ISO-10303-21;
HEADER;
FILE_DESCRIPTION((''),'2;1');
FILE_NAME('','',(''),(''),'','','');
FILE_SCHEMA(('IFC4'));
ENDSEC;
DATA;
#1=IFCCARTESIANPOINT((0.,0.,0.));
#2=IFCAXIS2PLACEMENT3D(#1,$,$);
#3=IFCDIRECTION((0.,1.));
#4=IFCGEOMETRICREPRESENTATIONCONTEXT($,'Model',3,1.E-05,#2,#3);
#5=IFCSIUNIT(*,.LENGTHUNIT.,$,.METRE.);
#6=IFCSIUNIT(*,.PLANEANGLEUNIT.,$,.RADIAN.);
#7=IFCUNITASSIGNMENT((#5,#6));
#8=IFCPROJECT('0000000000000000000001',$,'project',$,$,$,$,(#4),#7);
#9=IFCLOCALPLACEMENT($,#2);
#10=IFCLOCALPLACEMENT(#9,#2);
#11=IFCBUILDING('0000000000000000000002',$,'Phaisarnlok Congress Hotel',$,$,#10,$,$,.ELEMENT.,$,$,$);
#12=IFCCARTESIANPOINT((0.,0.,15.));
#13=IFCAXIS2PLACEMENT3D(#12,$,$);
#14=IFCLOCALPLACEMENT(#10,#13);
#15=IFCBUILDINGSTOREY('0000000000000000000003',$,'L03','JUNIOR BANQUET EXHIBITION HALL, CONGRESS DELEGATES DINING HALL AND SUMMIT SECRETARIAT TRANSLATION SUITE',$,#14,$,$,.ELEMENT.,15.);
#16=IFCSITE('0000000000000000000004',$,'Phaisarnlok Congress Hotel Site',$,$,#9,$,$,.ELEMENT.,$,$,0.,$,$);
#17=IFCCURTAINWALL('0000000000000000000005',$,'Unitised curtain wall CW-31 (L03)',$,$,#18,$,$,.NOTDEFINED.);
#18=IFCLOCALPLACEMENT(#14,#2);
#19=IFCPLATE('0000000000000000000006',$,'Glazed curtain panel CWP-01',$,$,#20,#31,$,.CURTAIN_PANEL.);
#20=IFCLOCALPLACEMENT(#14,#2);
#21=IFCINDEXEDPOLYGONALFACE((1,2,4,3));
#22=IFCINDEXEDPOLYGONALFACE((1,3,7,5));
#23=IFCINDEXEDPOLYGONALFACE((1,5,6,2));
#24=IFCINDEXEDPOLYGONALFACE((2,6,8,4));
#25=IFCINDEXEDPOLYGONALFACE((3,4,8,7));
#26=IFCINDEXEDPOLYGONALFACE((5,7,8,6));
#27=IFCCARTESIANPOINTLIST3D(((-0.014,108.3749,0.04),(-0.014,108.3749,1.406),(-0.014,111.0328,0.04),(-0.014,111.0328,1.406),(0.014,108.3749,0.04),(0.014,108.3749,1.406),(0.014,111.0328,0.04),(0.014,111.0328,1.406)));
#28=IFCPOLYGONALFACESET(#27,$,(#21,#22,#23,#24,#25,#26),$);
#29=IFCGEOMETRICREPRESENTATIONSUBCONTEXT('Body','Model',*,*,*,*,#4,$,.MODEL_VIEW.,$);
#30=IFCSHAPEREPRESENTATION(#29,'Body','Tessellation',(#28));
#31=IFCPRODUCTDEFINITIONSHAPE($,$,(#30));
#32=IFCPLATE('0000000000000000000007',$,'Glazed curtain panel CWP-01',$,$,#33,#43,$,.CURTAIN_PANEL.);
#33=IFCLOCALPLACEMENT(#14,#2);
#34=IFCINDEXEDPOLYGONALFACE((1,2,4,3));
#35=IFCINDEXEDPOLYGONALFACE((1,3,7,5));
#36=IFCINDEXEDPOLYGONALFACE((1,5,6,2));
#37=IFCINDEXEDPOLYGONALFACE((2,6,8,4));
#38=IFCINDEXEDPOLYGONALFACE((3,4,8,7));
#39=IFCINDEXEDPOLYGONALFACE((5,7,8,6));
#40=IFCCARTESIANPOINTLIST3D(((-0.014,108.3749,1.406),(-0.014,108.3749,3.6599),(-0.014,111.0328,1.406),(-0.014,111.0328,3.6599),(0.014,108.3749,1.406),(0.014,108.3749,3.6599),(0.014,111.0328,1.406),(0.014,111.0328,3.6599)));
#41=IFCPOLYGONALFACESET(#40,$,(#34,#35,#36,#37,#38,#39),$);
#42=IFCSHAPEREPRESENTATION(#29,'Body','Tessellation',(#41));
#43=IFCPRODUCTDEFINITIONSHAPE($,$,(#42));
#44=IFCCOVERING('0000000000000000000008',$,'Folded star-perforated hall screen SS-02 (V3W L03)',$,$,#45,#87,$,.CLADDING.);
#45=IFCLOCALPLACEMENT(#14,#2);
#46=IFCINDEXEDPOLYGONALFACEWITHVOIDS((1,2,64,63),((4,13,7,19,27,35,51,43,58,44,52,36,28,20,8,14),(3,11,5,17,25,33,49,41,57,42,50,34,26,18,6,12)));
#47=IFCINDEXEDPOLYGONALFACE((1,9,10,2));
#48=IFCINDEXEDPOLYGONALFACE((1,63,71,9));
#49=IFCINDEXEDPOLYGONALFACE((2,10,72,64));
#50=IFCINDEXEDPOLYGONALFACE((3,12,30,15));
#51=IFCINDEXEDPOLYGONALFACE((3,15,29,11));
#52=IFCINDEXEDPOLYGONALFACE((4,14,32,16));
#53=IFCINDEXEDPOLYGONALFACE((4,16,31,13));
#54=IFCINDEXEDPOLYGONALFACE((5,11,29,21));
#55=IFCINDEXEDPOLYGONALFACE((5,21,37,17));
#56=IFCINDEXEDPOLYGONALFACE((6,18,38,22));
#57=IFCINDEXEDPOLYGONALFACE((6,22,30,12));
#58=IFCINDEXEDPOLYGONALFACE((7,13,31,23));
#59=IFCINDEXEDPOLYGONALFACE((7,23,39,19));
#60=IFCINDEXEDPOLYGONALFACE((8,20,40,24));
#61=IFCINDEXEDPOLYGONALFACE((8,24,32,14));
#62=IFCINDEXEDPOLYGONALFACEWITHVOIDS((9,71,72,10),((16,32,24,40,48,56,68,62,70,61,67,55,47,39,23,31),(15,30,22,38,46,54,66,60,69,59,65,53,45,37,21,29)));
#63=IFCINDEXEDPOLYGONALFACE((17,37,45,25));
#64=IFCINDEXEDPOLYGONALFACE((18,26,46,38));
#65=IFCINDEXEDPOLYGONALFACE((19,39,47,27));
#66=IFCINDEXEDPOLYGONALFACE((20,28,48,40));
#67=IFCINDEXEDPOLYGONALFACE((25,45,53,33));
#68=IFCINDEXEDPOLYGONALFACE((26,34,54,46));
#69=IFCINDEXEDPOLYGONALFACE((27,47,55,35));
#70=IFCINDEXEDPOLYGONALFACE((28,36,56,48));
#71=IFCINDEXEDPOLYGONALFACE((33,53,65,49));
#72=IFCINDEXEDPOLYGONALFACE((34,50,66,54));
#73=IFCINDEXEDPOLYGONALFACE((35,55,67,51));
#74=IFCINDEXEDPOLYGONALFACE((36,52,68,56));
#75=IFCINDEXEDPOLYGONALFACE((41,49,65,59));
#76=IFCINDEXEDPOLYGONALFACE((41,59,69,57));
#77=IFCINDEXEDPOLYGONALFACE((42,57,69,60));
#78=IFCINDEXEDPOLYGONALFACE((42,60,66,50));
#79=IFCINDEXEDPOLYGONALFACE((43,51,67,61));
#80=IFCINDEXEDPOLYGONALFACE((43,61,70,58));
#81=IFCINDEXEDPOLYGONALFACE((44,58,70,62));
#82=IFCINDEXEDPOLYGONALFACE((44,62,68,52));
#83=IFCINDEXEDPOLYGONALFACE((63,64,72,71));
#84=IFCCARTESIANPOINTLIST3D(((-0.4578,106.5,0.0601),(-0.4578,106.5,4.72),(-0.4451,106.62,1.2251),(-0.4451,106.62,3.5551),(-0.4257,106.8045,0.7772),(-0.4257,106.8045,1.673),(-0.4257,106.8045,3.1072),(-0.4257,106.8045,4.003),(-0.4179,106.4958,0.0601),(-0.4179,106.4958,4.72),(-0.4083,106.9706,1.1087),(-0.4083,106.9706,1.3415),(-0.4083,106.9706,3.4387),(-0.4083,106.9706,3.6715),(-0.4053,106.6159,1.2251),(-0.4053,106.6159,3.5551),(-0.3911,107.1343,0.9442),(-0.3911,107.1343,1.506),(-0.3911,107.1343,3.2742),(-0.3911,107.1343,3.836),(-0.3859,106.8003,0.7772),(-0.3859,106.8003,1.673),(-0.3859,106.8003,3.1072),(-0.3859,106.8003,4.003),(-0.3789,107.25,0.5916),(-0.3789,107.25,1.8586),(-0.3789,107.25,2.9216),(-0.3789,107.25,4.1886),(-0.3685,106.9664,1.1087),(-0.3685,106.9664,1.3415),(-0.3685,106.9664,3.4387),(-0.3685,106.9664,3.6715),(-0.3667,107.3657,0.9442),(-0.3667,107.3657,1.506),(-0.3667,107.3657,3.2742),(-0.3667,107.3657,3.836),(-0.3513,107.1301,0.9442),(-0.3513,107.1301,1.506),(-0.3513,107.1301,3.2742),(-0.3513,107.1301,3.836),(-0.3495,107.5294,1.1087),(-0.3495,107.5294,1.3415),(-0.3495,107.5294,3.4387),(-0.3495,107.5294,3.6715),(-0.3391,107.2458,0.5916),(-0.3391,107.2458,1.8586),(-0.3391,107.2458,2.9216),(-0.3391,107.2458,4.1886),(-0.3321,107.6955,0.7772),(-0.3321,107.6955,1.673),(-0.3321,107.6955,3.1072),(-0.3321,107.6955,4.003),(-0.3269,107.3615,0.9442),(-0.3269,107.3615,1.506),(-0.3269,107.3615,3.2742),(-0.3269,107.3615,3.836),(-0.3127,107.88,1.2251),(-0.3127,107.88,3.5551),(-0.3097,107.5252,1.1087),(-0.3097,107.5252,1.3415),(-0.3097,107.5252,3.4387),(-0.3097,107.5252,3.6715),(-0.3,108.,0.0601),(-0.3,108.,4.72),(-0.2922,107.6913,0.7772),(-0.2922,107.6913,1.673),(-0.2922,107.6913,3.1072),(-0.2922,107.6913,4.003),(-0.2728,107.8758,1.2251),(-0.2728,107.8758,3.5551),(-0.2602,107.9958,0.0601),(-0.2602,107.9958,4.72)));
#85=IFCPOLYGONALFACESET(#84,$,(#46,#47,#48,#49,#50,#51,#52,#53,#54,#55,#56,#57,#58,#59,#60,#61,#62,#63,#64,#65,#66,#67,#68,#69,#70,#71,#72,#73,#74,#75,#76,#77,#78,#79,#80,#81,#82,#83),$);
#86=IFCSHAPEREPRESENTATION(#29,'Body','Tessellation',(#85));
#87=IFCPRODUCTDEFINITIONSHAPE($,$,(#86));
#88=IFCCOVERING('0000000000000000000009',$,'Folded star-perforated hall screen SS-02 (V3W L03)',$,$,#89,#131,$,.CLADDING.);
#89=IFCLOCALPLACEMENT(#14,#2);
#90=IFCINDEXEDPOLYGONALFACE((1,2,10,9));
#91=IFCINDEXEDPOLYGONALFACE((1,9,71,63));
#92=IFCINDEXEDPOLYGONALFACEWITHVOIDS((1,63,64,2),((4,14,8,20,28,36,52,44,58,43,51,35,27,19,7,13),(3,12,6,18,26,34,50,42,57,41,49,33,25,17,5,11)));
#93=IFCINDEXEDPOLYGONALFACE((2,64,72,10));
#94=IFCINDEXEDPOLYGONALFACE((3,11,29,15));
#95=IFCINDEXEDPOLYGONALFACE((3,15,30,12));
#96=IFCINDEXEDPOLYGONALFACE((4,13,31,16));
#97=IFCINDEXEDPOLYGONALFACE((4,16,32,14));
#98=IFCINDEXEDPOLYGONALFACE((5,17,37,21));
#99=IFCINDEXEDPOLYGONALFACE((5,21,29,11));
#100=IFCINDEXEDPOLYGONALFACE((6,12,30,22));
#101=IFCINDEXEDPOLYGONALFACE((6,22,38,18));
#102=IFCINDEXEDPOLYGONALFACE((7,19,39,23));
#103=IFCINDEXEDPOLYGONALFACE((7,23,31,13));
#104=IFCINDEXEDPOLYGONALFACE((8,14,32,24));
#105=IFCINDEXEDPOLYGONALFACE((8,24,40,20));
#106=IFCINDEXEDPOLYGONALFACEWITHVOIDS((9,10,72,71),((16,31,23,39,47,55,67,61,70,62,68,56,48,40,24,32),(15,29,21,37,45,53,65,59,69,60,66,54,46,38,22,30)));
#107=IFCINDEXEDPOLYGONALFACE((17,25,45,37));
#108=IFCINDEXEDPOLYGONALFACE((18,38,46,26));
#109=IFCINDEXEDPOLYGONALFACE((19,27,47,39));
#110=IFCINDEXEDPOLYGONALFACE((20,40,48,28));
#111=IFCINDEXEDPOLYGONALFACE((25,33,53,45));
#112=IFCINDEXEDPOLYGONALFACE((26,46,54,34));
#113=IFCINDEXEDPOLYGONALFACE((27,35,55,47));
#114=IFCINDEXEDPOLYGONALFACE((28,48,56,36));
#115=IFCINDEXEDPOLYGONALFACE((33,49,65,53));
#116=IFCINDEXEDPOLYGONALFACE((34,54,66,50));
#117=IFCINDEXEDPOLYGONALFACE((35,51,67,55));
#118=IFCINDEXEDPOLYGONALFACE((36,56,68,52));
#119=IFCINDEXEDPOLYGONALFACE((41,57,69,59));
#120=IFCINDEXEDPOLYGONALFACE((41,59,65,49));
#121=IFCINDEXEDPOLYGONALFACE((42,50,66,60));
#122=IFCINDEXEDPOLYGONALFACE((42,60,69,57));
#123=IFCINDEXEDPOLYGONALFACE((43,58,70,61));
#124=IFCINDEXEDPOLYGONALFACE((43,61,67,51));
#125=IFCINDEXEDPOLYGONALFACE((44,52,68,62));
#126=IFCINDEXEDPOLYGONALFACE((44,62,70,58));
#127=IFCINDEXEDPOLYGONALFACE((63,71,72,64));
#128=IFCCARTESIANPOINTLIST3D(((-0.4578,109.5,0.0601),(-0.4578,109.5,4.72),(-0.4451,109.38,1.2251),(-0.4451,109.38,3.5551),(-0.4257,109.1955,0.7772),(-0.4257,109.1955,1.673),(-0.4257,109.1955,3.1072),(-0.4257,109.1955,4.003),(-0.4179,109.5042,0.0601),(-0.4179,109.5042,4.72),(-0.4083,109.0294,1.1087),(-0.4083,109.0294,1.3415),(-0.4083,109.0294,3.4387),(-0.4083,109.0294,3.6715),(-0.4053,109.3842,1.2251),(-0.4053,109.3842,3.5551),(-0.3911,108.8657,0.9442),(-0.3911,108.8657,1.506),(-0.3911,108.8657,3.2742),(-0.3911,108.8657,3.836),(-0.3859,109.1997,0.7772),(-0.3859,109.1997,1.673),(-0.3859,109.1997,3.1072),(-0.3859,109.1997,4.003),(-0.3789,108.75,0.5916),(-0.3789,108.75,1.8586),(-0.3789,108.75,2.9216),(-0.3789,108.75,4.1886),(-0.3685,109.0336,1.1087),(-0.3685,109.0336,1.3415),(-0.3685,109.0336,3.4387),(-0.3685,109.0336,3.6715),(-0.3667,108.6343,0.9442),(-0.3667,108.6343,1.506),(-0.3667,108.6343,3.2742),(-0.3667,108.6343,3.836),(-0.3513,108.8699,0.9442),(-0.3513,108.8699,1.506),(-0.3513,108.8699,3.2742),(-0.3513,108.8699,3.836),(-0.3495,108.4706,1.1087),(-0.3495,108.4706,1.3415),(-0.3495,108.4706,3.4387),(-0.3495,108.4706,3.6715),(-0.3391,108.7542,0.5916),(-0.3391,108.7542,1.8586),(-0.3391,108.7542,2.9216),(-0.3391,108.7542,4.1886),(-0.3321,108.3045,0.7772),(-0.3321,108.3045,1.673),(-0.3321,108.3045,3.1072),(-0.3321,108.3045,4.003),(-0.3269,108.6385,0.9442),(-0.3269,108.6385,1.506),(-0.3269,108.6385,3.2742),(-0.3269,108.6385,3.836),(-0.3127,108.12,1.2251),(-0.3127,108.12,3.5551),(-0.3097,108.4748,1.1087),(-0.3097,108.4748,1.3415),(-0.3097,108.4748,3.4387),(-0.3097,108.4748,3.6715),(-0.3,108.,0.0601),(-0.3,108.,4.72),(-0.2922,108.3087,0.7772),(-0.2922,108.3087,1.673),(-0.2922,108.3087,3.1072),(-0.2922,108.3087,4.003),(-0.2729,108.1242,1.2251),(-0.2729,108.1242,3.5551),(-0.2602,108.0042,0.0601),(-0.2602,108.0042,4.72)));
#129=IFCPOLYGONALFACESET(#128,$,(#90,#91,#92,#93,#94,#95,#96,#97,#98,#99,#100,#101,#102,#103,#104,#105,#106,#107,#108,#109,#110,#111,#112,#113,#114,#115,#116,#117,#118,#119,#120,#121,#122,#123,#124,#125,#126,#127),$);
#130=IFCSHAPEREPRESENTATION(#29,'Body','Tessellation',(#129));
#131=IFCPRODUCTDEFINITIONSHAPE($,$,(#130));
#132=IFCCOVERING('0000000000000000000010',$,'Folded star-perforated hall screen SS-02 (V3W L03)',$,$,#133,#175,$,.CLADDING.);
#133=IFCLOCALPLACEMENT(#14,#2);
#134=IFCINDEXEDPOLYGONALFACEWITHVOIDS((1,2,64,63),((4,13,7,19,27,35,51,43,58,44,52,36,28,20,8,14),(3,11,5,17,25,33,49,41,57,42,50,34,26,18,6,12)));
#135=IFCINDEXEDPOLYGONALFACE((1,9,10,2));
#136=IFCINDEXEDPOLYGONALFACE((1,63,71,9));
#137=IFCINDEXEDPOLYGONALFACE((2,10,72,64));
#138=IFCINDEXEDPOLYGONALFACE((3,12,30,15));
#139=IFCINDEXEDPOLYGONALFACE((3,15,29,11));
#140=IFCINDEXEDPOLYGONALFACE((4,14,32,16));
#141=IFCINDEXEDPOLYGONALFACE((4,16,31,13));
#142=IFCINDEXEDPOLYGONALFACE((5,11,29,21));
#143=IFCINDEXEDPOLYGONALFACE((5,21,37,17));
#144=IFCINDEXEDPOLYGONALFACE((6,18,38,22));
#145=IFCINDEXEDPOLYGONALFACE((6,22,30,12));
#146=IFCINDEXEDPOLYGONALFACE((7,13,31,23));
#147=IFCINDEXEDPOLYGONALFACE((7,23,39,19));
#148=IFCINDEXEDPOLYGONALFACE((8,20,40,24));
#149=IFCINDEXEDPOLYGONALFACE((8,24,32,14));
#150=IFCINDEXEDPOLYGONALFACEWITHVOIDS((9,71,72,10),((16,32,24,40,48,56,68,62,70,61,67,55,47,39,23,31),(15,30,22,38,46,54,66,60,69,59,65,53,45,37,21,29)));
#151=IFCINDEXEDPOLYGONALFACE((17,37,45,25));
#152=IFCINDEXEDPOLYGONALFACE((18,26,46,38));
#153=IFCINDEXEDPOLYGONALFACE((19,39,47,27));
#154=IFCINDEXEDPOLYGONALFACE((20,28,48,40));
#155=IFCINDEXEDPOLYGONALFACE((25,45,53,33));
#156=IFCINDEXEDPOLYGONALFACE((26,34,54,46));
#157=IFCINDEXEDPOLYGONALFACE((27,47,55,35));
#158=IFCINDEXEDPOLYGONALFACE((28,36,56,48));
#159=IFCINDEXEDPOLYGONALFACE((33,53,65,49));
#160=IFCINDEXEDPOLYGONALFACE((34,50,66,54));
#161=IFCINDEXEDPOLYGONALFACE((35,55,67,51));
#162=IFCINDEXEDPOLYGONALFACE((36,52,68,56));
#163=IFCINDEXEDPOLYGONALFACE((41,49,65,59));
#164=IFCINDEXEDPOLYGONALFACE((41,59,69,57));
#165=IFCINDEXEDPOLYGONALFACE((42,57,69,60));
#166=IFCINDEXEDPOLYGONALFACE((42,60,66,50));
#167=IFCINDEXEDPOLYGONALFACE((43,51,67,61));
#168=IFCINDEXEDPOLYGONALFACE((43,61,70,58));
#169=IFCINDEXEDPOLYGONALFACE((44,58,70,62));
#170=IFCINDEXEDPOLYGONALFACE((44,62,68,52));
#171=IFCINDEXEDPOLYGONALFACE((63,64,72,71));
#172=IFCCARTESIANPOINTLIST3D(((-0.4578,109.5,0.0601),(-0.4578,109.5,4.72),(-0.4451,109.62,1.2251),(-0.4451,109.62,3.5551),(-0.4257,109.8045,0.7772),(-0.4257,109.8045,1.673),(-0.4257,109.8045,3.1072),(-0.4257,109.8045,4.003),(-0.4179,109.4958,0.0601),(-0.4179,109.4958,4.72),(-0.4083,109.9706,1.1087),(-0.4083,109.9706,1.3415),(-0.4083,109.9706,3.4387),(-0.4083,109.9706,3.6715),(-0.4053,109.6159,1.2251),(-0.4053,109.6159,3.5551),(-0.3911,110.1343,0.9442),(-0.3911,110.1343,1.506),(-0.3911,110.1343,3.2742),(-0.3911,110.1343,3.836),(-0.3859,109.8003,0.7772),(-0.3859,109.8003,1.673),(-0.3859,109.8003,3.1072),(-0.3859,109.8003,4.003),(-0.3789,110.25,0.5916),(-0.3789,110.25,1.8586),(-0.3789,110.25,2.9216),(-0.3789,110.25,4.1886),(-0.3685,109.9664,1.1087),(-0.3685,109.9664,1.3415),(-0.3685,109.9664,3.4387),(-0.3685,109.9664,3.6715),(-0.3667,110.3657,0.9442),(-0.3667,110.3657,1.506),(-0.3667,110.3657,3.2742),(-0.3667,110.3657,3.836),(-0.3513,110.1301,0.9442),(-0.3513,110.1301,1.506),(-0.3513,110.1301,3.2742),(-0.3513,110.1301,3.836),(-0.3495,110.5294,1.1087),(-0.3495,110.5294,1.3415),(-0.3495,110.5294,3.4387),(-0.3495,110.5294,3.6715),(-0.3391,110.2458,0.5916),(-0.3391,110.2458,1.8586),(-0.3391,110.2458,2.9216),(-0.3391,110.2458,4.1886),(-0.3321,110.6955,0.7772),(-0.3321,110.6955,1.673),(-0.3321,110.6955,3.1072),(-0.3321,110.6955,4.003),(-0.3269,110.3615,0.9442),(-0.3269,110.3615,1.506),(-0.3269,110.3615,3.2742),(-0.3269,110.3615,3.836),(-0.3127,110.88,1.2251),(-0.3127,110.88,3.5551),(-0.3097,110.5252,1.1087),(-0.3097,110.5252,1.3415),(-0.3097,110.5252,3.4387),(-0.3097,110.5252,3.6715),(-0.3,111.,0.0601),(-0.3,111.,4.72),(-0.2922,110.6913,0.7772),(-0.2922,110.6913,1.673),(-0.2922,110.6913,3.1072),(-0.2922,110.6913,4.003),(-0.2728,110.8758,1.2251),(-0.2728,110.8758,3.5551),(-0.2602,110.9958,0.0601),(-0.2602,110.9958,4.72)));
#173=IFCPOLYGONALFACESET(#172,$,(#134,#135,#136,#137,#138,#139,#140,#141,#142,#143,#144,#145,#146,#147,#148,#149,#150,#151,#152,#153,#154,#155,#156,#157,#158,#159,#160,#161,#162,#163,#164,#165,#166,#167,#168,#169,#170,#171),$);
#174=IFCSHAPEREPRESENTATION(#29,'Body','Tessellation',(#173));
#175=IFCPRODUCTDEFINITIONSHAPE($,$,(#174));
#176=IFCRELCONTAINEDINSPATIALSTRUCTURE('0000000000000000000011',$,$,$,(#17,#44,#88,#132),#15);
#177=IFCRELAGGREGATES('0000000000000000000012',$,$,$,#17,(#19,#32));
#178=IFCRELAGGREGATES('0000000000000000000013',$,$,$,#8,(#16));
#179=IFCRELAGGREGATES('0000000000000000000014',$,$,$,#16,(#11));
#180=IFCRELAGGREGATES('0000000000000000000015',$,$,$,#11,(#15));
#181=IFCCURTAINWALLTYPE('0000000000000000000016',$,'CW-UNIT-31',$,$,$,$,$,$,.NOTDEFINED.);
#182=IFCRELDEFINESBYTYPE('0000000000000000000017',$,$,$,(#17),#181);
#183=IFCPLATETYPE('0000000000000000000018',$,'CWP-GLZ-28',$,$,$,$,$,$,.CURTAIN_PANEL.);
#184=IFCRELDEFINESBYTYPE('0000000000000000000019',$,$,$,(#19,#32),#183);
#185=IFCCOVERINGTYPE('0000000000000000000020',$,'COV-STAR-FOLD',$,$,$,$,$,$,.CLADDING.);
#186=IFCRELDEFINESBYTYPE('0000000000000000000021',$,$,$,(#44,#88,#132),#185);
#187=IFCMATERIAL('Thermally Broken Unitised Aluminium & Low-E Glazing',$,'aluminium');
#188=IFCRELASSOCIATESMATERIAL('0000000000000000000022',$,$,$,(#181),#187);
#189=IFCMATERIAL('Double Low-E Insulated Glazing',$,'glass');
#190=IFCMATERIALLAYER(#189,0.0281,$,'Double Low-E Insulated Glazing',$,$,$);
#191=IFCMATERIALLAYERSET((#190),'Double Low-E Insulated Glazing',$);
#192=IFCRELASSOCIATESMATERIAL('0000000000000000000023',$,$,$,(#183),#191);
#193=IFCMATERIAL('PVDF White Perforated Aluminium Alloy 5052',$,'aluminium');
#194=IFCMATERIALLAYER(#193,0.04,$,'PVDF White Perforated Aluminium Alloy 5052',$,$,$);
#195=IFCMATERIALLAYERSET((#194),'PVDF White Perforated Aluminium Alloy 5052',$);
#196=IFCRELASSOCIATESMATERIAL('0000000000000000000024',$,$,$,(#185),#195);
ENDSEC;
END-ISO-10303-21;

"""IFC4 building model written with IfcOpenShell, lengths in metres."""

from ifc_helpers import new_model, si_unit, direction, frame, frame_2d, origin, place, context, subcontext, project, spatial, polyline, rectangle, outline, extrude, material, layer, layer_set, type_object, element, aggregate, save


model = new_model("IFC4")

# Units and contexts
model_context = context("Model", 3, precision=1e-05, world=origin(), true_north=direction((0.0, 1.0)))
body_context = subcontext(model_context, "Body", "Model", "MODEL_VIEW")
ifc_project = project(units=[si_unit("LENGTHUNIT", "METRE"), si_unit("PLANEANGLEUNIT", "RADIAN")], contexts=[model_context])

# Site, building, storey
site_placement = place(None, origin())
site = spatial("IfcSite", under=ifc_project, at=site_placement, Name="Phaisarnlok Congress Hotel Site", CompositionType="ELEMENT", RefElevation=0.0)
building_placement = place(site_placement, origin())
building = spatial("IfcBuilding", under=site, at=building_placement, Name="Phaisarnlok Congress Hotel", CompositionType="ELEMENT")
storey_placement = place(building_placement, frame((0.0, 0.0, 15.0)))
storey = spatial("IfcBuildingStorey", under=building, at=storey_placement, Name="L03", Description="JUNIOR BANQUET EXHIBITION HALL, CONGRESS DELEGATES DINING HALL AND SUMMIT SECRETARIAT TRANSLATION SUITE", CompositionType="ELEMENT", Elevation=15.0)

# Curtain wall
ifc_material_1 = material(Name="Thermally Broken Unitised Aluminium & Low-E Glazing", Category="aluminium")
curtain_wall_type = type_object("IfcCurtainWallType", Name="CW-UNIT-31", PredefinedType="NOTDEFINED", material=ifc_material_1)
curtain_wall_placement = place(storey_placement, origin())
curtain_wall = element("IfcCurtainWall", 1, at=curtain_wall_placement, inside=storey, type_object=curtain_wall_type, Name="Unitised curtain wall CW-31 (L03)", PredefinedType="NOTDEFINED")

# Plates
ifc_material_2 = material(Name="Double Low-E Insulated Glazing", Category="glass")
ifc_layer_1 = layer(ifc_material_2, 0.0281, Name="Double Low-E Insulated Glazing")
ifc_layer_set_1 = layer_set([ifc_layer_1], Name="Double Low-E Insulated Glazing")
plate_type = type_object("IfcPlateType", Name="CWP-GLZ-28", PredefinedType="CURTAIN_PANEL", material=ifc_layer_set_1)
plate_1_placement = place(storey_placement, frame((0.0, 111.033, 0.04), z_axis=(0.0, 0.0, 1.0), x_axis=(0.0, -1.0, 0.0)))
plate_1 = element("IfcPlate", 2, at=plate_1_placement, type_object=plate_type, Name="Glazed curtain panel CWP-01", PredefinedType="CURTAIN_PANEL", context=body_context, shape_type="SweptSolid", body=[
    extrude(rectangle(XDim=2.658, YDim=0.0281, at=frame_2d((1.3291, 0.0))), origin(), (0.0, 0.0, 1.0), 1.366),
])
plate_2_placement = place(storey_placement, frame((0.0, 111.033, 1.406), z_axis=(0.0, 0.0, 1.0), x_axis=(0.0, -1.0, 0.0)))
plate_2 = element("IfcPlate", 3, at=plate_2_placement, type_object=plate_type, Name="Glazed curtain panel CWP-01", PredefinedType="CURTAIN_PANEL", context=body_context, shape_type="SweptSolid", body=[
    extrude(rectangle(XDim=2.658, YDim=0.0281, at=frame_2d((1.3291, 0.0))), origin(), (0.0, 0.0, 1.0), 2.2539),
])
aggregate(curtain_wall, [plate_1, plate_2])

# Coverings
ifc_material_3 = material(Name="PVDF White Perforated Aluminium Alloy 5052", Category="aluminium")
ifc_layer_2 = layer(ifc_material_3, 0.04, Name="PVDF White Perforated Aluminium Alloy 5052")
ifc_layer_set_2 = layer_set([ifc_layer_2], Name="PVDF White Perforated Aluminium Alloy 5052")
covering_type = type_object("IfcCoveringType", Name="COV-STAR-FOLD", PredefinedType="CLADDING", material=ifc_layer_set_2)
for number, where, z_axis, x_axis, name in (
    (4, (-0.4578, 106.5, 0.0601), (0.994518, -0.104567, 0.0), (0.104567, 0.994518, 0.0), "Folded star-perforated hall screen SS-02 (V3W L03)"),
    (5, (-0.3, 108.0, 0.0601), (0.994518, 0.104567, 0.0), (-0.104567, 0.994518, 0.0), "Folded star-perforated hall screen SS-02 (V3W L03)"),
    (6, (-0.4578, 109.5, 0.0601), (0.994518, -0.104567, 0.0), (0.104567, 0.994518, 0.0), "Folded star-perforated hall screen SS-02 (V3W L03)"),
):
    element("IfcCovering", number, at=place(storey_placement, frame(where, z_axis=z_axis, x_axis=x_axis)), inside=storey, type_object=covering_type, Name=name, PredefinedType="CLADDING", context=body_context, shape_type="SweptSolid", body=[
        extrude(outline(polyline([(0.0, 0.0), (1.5083, 0.0), (1.5083, 4.6599), (0.0, 4.6599), (0.0, 0.0)]), holes=[polyline([(1.0351, 1.0486), (1.2021, 0.7171), (0.8705, 0.8841), (0.7541, 0.5315), (0.6378, 0.8841), (0.3062, 0.7171), (0.4732, 1.0486), (0.1207, 1.165), (0.4732, 1.2814), (0.3062, 1.6129), (0.6378, 1.4459), (0.7541, 1.7985), (0.8705, 1.4459), (1.2021, 1.6129), (1.0351, 1.2814), (1.3876, 1.165), (1.0351, 1.0486)]), polyline([(1.0351, 3.3786), (1.2021, 3.0471), (0.8705, 3.2141), (0.7541, 2.8615), (0.6378, 3.2141), (0.3062, 3.0471), (0.4732, 3.3786), (0.1207, 3.495), (0.4732, 3.6114), (0.3062, 3.9429), (0.6378, 3.7759), (0.7541, 4.1285), (0.8705, 3.7759), (1.2021, 3.9429), (1.0351, 3.6114), (1.3876, 3.495), (1.0351, 3.3786)])]), origin(), (0.0, 0.0, 1.0), 0.04),
    ])

save(model, "model.ifc")
